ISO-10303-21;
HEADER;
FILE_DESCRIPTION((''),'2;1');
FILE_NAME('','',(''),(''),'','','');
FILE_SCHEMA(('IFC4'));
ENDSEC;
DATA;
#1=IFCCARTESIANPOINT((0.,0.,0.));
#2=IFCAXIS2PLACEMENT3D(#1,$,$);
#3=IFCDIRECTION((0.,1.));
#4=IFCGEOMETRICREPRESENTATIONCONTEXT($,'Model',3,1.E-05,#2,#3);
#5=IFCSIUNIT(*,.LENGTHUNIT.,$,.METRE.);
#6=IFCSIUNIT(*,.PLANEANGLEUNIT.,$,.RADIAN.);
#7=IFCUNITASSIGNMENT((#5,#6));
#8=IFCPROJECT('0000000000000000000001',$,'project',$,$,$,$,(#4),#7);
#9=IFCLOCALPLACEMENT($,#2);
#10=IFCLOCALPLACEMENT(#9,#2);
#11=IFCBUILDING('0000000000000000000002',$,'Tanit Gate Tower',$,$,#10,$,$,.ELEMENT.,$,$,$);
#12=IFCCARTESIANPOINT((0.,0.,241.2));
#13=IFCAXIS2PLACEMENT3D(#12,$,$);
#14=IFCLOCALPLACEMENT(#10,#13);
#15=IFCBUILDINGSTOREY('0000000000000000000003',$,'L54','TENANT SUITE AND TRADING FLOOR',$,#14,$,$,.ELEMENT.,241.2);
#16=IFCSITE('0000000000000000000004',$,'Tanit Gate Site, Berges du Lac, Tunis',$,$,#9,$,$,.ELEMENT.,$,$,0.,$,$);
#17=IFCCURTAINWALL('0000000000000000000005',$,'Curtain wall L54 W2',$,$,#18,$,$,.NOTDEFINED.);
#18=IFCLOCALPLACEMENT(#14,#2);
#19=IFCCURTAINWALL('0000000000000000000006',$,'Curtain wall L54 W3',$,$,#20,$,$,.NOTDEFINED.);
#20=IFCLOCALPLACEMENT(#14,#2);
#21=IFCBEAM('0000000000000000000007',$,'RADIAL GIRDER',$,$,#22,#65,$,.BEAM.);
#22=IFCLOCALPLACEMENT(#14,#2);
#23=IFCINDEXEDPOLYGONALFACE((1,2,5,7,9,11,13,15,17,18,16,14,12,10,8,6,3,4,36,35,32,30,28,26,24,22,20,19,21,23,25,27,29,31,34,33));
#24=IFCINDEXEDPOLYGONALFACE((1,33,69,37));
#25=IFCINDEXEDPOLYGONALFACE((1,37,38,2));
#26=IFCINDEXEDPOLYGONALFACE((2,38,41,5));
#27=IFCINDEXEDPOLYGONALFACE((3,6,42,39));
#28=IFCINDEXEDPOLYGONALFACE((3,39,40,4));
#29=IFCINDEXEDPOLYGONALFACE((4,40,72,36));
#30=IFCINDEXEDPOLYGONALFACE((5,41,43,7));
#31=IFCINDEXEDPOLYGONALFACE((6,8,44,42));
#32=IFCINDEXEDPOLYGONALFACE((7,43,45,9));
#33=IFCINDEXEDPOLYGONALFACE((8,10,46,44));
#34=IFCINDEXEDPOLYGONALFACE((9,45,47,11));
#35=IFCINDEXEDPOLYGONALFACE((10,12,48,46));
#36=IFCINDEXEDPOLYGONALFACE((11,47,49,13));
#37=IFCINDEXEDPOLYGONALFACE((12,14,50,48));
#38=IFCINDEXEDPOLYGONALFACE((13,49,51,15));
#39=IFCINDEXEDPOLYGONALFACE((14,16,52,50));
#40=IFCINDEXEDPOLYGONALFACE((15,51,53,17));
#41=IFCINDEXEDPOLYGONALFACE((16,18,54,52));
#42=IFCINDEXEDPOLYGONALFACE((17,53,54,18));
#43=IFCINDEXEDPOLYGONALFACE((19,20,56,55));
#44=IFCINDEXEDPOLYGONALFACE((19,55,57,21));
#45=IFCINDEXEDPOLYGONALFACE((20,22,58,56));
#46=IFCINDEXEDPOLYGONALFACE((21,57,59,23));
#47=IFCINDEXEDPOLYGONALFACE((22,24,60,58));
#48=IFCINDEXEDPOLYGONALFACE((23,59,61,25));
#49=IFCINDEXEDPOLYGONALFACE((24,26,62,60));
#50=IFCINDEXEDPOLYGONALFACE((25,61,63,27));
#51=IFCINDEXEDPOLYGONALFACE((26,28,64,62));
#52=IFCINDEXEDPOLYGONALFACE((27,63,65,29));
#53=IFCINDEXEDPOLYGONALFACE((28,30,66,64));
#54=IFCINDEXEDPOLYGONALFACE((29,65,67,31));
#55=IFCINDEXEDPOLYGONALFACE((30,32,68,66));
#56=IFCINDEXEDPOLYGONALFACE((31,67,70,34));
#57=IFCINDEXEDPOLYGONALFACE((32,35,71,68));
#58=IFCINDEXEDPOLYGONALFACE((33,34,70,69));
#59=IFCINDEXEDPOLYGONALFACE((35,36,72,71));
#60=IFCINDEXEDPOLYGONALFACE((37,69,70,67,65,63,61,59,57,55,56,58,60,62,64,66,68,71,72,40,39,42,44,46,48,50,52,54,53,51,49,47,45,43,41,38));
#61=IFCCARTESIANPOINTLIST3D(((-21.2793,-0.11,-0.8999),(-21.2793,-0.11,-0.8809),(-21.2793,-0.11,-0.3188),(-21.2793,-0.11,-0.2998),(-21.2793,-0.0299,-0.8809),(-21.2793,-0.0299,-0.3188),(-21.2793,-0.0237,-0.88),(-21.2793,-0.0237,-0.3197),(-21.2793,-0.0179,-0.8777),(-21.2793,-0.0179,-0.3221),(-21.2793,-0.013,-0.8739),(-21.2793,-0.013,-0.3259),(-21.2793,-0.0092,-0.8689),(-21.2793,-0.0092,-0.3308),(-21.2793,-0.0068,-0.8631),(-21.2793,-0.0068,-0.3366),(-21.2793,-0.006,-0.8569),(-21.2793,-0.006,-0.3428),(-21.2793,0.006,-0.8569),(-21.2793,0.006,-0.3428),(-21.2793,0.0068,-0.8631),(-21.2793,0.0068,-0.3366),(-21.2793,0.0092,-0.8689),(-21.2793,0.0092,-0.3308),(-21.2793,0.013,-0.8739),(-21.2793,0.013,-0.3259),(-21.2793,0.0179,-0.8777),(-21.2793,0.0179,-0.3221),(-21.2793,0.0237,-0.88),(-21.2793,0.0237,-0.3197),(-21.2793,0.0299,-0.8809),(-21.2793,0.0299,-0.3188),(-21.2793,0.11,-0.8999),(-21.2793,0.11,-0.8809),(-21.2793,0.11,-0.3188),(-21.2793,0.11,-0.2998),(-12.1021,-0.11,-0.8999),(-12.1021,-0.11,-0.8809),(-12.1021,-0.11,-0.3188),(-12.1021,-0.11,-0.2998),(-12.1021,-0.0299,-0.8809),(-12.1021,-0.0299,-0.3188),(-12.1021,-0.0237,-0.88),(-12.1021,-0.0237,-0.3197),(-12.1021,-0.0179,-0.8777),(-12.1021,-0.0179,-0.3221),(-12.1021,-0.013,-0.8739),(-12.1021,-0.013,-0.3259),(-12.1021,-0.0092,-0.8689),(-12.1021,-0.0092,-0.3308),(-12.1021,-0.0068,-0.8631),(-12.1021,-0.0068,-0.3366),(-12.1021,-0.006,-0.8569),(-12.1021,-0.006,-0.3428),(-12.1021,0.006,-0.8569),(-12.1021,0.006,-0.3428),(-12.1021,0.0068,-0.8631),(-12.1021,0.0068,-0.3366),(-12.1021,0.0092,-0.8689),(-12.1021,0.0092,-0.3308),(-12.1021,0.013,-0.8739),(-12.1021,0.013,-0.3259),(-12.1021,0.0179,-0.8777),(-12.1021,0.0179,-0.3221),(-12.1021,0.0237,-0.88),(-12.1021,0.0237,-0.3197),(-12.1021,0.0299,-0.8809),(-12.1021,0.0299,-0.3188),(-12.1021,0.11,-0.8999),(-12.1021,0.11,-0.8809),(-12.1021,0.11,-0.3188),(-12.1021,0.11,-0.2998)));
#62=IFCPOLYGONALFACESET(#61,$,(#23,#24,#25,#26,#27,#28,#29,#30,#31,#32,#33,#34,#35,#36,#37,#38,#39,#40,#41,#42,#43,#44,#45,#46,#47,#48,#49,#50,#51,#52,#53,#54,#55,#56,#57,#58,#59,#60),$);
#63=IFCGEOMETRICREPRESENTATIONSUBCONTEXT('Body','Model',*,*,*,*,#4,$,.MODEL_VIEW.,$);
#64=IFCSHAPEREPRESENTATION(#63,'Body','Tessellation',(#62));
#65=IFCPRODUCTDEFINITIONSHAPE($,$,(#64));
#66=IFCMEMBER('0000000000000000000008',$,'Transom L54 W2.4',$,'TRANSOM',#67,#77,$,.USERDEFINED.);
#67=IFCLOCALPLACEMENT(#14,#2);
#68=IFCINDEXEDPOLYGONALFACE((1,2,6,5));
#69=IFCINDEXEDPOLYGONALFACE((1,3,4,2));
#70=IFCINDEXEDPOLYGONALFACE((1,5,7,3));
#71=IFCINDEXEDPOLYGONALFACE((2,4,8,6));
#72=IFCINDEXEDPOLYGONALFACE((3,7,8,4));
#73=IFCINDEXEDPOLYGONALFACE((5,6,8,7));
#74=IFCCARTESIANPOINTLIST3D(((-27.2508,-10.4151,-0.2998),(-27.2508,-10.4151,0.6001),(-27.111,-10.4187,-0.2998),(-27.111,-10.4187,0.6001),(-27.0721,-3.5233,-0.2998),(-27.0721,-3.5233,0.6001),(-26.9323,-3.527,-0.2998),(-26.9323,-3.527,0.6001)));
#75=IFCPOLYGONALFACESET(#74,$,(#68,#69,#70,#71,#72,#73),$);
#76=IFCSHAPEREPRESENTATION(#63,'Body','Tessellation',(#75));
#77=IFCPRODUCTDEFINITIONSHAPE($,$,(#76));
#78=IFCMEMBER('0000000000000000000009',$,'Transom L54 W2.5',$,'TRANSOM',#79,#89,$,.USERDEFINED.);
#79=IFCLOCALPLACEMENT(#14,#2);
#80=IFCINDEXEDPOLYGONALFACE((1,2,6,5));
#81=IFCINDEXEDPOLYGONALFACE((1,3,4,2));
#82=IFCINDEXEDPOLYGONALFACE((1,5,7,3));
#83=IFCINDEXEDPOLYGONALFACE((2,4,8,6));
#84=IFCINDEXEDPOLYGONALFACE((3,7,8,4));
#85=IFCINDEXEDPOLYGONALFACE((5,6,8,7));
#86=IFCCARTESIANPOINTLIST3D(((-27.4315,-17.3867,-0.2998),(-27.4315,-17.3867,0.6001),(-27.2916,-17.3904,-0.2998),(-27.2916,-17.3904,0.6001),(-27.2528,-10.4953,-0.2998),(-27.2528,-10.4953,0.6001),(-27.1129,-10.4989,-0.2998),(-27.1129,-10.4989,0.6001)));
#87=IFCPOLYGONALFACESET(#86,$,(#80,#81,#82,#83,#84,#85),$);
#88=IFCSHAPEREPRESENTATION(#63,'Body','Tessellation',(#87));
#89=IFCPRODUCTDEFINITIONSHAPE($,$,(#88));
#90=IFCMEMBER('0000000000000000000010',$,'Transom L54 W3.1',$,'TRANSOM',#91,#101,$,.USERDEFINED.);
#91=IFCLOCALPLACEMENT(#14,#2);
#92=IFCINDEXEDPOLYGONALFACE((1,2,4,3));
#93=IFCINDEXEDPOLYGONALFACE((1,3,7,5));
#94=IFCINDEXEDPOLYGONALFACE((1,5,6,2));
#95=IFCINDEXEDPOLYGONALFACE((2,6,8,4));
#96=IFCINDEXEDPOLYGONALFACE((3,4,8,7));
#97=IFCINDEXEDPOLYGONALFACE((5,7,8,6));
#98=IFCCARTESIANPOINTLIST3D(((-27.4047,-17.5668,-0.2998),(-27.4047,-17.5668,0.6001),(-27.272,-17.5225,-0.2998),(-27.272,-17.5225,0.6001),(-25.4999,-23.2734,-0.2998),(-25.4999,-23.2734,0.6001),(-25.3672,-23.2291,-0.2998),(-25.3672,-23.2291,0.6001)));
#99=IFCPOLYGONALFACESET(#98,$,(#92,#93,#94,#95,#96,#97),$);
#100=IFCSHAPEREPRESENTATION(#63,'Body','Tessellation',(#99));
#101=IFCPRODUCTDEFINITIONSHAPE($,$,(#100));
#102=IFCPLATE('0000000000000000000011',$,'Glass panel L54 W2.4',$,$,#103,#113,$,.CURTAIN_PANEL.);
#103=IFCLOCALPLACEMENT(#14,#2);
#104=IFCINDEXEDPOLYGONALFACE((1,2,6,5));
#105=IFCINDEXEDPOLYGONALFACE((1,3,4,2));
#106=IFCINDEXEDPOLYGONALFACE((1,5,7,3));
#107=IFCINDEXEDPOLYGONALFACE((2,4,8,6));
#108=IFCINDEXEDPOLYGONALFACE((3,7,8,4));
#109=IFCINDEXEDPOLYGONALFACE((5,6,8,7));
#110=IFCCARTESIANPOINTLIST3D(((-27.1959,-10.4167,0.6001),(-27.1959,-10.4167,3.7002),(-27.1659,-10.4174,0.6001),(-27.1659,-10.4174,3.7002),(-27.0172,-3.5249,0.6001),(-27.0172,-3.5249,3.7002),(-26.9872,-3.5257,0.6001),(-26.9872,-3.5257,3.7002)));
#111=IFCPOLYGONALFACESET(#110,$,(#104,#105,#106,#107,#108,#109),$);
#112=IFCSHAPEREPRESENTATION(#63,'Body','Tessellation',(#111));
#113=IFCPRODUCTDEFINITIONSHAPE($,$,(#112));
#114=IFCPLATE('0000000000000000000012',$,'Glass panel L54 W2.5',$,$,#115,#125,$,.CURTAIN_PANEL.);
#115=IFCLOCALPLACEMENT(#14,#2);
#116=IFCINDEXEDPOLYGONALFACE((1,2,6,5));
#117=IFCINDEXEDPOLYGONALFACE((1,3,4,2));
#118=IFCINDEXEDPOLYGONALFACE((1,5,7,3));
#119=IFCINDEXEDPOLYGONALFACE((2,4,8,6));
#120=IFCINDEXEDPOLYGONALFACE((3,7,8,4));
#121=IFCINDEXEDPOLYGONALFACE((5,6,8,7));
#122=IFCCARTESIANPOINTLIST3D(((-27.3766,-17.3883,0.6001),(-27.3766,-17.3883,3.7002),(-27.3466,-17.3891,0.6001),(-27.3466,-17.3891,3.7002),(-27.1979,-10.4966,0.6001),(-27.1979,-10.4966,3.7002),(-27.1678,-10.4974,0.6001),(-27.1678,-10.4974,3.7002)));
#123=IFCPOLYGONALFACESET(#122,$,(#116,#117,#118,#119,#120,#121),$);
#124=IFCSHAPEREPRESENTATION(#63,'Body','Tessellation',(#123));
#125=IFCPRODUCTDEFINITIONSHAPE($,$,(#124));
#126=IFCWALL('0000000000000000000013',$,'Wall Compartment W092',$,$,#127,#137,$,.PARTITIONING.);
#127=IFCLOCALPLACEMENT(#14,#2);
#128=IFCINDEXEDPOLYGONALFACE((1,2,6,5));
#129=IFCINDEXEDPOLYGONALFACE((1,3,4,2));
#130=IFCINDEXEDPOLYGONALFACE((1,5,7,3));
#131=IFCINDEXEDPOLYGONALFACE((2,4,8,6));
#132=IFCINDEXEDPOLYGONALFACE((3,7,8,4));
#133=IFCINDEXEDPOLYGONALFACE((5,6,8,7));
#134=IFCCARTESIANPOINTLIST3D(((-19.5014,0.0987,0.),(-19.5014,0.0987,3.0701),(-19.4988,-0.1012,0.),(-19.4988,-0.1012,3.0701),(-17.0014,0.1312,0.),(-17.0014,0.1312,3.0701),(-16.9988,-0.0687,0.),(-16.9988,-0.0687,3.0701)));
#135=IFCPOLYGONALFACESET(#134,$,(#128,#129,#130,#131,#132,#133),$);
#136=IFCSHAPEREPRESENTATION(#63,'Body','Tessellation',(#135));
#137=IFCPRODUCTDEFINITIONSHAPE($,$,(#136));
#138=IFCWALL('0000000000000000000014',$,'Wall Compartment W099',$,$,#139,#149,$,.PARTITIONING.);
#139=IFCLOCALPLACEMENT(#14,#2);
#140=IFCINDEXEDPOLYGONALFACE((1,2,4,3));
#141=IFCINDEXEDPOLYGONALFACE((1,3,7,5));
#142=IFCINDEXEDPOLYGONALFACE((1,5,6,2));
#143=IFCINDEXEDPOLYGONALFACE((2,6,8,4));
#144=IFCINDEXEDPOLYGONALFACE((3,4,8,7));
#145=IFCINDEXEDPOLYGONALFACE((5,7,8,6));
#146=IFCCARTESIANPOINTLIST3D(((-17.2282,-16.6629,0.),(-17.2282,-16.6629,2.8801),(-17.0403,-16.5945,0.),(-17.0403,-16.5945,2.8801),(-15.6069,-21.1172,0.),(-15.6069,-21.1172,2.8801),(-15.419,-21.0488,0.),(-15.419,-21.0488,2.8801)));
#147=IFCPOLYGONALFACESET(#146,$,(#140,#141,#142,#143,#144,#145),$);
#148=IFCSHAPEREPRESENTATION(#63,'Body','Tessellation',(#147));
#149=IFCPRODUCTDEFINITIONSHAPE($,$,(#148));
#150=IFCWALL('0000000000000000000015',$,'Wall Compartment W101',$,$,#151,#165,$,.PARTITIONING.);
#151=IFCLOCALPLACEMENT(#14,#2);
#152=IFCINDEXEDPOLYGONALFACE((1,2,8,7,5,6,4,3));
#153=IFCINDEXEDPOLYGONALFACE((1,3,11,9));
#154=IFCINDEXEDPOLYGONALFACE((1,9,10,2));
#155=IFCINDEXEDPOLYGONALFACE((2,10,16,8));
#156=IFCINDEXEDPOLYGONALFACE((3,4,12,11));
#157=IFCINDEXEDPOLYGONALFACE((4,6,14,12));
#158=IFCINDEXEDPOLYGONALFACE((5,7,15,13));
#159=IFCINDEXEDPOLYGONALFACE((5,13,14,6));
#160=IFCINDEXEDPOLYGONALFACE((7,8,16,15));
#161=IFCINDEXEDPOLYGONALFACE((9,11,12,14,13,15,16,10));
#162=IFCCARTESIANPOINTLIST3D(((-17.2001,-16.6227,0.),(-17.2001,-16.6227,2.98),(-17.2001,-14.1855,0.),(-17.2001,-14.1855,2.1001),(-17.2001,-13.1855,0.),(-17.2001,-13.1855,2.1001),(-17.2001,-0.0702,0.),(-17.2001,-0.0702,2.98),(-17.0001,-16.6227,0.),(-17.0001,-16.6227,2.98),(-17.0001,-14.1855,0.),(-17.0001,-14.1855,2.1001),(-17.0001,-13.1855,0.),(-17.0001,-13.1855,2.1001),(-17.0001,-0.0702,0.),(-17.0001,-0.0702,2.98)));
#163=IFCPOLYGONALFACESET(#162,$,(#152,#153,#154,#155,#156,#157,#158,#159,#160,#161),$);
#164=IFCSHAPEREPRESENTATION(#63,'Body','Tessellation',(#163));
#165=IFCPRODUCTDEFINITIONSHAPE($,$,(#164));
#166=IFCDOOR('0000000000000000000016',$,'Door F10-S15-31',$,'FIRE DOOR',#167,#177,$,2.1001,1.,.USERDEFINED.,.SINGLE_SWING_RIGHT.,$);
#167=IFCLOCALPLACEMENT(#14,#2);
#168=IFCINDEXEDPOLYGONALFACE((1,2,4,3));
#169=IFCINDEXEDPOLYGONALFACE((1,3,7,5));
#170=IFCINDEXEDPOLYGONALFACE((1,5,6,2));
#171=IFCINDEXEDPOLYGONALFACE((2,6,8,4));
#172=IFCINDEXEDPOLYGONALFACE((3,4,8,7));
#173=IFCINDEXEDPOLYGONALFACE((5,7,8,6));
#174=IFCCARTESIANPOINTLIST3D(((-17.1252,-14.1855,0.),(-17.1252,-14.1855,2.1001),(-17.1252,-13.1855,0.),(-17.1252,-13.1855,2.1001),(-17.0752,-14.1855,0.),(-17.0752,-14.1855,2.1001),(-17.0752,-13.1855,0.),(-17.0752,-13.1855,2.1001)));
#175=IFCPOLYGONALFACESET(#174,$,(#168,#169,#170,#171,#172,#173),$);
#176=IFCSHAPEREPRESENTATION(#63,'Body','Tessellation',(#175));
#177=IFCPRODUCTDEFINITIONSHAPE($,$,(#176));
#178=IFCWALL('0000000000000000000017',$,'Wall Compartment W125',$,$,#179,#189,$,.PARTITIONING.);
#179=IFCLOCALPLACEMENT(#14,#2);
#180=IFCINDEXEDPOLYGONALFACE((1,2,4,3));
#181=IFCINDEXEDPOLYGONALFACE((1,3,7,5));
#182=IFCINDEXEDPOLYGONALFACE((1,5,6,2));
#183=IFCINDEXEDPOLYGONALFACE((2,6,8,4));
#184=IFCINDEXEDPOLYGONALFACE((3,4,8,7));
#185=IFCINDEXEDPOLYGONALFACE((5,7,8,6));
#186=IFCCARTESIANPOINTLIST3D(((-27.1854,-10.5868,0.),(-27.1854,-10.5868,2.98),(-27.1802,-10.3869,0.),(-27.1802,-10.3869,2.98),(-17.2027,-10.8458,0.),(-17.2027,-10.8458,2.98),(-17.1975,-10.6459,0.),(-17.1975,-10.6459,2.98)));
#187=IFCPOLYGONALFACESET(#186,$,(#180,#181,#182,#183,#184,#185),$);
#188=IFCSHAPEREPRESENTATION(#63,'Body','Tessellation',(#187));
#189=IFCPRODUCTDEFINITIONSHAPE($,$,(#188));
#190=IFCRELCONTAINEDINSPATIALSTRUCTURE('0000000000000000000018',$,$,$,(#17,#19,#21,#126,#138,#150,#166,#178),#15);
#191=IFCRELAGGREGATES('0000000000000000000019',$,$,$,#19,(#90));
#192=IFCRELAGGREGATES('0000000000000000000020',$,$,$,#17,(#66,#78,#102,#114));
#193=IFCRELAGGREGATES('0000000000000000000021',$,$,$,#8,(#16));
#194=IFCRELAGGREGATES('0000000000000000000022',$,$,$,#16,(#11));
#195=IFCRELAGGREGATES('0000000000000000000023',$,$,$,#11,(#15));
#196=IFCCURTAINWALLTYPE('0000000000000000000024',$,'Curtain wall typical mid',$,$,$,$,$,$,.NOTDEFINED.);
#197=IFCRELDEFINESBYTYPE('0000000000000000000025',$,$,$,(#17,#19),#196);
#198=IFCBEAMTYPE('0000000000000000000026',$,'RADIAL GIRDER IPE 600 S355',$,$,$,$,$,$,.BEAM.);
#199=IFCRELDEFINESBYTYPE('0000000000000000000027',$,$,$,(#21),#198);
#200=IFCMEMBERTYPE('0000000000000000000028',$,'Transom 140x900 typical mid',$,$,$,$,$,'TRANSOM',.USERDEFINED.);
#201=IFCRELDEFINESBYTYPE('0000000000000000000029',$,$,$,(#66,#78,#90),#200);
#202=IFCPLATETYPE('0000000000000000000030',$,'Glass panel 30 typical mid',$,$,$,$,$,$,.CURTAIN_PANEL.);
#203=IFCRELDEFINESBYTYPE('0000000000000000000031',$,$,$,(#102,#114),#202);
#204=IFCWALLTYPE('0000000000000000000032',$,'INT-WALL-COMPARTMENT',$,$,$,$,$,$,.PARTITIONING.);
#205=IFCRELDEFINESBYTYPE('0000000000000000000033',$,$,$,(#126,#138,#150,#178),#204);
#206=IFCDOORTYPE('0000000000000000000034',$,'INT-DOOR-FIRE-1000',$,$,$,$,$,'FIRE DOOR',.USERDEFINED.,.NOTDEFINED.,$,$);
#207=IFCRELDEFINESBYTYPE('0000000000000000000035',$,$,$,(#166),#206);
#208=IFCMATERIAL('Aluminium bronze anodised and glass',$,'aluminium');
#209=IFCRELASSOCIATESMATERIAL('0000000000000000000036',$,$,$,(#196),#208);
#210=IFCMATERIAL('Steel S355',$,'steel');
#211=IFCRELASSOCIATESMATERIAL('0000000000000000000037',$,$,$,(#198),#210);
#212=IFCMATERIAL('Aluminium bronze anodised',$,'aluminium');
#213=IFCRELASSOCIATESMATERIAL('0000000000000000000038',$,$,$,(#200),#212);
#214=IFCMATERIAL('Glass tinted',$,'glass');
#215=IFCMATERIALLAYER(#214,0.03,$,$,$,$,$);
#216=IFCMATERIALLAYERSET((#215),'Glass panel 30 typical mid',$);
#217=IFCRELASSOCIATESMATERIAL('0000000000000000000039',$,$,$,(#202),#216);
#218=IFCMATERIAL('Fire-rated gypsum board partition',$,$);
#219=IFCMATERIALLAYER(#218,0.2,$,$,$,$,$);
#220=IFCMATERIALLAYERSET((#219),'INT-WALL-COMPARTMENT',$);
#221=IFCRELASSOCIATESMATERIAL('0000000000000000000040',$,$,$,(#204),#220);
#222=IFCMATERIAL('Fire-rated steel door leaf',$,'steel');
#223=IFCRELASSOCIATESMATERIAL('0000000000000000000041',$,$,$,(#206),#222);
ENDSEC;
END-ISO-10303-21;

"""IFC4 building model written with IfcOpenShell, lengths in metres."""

from ifc_helpers import new_model, si_unit, direction, frame, frame_2d, origin, origin_2d, place, context, subcontext, project, spatial, rectangle, i_section, extrude, material, layer, layer_set, material_profile, profile_set, type_object, element, fill, aggregate, save


model = new_model("IFC4")

# Units and contexts
model_context = context("Model", 3, precision=1e-05, world=origin(), true_north=direction((0.0, 1.0)))
body_context = subcontext(model_context, "Body", "Model", "MODEL_VIEW")
ifc_project = project(units=[si_unit("LENGTHUNIT", "METRE"), si_unit("PLANEANGLEUNIT", "RADIAN")], contexts=[model_context])

# Site, building, storey
site_placement = place(None, origin())
site = spatial("IfcSite", under=ifc_project, at=site_placement, Name="Tanit Gate Site, Berges du Lac, Tunis", CompositionType="ELEMENT", RefElevation=0.0)
building_placement = place(site_placement, origin())
building = spatial("IfcBuilding", under=site, at=building_placement, Name="Tanit Gate Tower", CompositionType="ELEMENT")
storey_placement = place(building_placement, frame((0.0, 0.0, 241.2)))
storey = spatial("IfcBuildingStorey", under=building, at=storey_placement, Name="L54", Description="TENANT SUITE AND TRADING FLOOR", CompositionType="ELEMENT", Elevation=241.2)

# Curtain wall
ifc_material_1 = material(Name="Aluminium bronze anodised and glass", Category="aluminium")
curtain_wall_type = type_object("IfcCurtainWallType", Name="Curtain wall typical mid", PredefinedType="NOTDEFINED", material=ifc_material_1)
curtain_wall_1_placement = place(storey_placement, origin())
curtain_wall_1 = element("IfcCurtainWall", 1, at=curtain_wall_1_placement, inside=storey, type_object=curtain_wall_type, Name="Curtain wall L54 W2", PredefinedType="NOTDEFINED")

# Curtain wall
curtain_wall_2_placement = place(storey_placement, origin())
curtain_wall_2 = element("IfcCurtainWall", 2, at=curtain_wall_2_placement, inside=storey, type_object=curtain_wall_type, Name="Curtain wall L54 W3", PredefinedType="NOTDEFINED")

# Beam
ifc_material_2 = material(Name="Steel S355", Category="steel")
ifc_material_profile_1 = material_profile(ifc_material_2, i_section(OverallWidth=0.22, OverallDepth=0.6001, WebThickness=0.012, FlangeThickness=0.019, FilletRadius=0.0239, at=origin_2d()), Name="IPE 600")
ifc_profile_set_1 = profile_set([ifc_material_profile_1], Name="Steel S355")
beam_type_1 = type_object("IfcBeamType", Name="RADIAL GIRDER IPE 600 S355", PredefinedType="BEAM", material=ifc_profile_set_1)
beam_1_placement = place(storey_placement, frame((-21.2793, 0.0, -0.5999), z_axis=(1.0, 0.0, 0.0), x_axis=(0.0, 1.0, 0.0)))
element("IfcBeam", 3, at=beam_1_placement, inside=storey, type_object=beam_type_1, Name="RADIAL GIRDER", PredefinedType="BEAM", context=body_context, shape_type="SweptSolid", body=[
    extrude(i_section(OverallWidth=0.22, OverallDepth=0.6001, WebThickness=0.012, FlangeThickness=0.019, FilletRadius=0.0239, at=origin_2d()), origin(), (0.0, 0.0, 1.0), 9.1772),
])

# Members
ifc_material_3 = material(Name="Aluminium bronze anodised", Category="aluminium")
ifc_material_profile_2 = material_profile(ifc_material_3, rectangle(XDim=0.1399, YDim=0.8999, at=origin_2d()), Name="140x900 bronze transom")
ifc_profile_set_2 = profile_set([ifc_material_profile_2], Name="Aluminium bronze anodised")
member_type_1 = type_object("IfcMemberType", Name="Transom 140x900 typical mid", ElementType="TRANSOM", PredefinedType="USERDEFINED", material=ifc_profile_set_2)
member_1_placement = place(storey_placement, frame((-27.0022, -3.5251, 0.1501), z_axis=(-0.025922, -0.999664, 0.0), x_axis=(0.999664, -0.025922, 0.0)))
member_1 = element("IfcMember", 4, at=member_1_placement, type_object=member_type_1, Name="Transom L54 W2.4", ObjectType="TRANSOM", PredefinedType="USERDEFINED", context=body_context, shape_type="SweptSolid", body=[
    extrude(rectangle(XDim=0.1399, YDim=0.8999, at=origin_2d()), origin(), (0.0, 0.0, 1.0), 6.894),
])
member_2_placement = place(storey_placement, frame((-27.1829, -10.4971, 0.1501), z_axis=(-0.025923, -0.999664, 0.0), x_axis=(0.999664, -0.025923, 0.0)))
member_2 = element("IfcMember", 5, at=member_2_placement, type_object=member_type_1, Name="Transom L54 W2.5", ObjectType="TRANSOM", PredefinedType="USERDEFINED", context=body_context, shape_type="SweptSolid", body=[
    extrude(rectangle(XDim=0.1399, YDim=0.8999, at=origin_2d()), origin(), (0.0, 0.0, 1.0), 6.8938),
])
member_3_placement = place(storey_placement, frame((-27.3384, -17.5447, 0.1501), z_axis=(0.316617, -0.948553, 0.0), x_axis=(0.948553, 0.316617, 0.0)))
member_3 = element("IfcMember", 6, at=member_3_placement, type_object=member_type_1, Name="Transom L54 W3.1", ObjectType="TRANSOM", PredefinedType="USERDEFINED", context=body_context, shape_type="SweptSolid", body=[
    extrude(rectangle(XDim=0.1399, YDim=0.8999, at=origin_2d()), origin(), (0.0, 0.0, 1.0), 6.0161),
])
aggregate(curtain_wall_2, [member_3])

# Plates
ifc_material_4 = material(Name="Glass tinted", Category="glass")
ifc_layer_1 = layer(ifc_material_4, 0.03)
ifc_layer_set_1 = layer_set([ifc_layer_1], Name="Glass panel 30 typical mid")
plate_type = type_object("IfcPlateType", Name="Glass panel 30 typical mid", PredefinedType="CURTAIN_PANEL", material=ifc_layer_set_1)
plate_1_placement = place(storey_placement, frame((-27.0916, -6.9712, 0.6001), z_axis=(0.0, 0.0, 1.0), x_axis=(-0.025924, -0.999664, 0.0)))
plate_1 = element("IfcPlate", 7, at=plate_1_placement, type_object=plate_type, Name="Glass panel L54 W2.4", PredefinedType="CURTAIN_PANEL", context=body_context, shape_type="SweptSolid", body=[
    extrude(rectangle(XDim=6.894, YDim=0.03, at=origin_2d()), origin(), (0.0, 0.0, 1.0), 3.1001),
])
plate_2_placement = place(storey_placement, frame((-27.2722, -13.9429, 0.6001), z_axis=(0.0, 0.0, 1.0), x_axis=(-0.025924, -0.999664, 0.0)))
plate_2 = element("IfcPlate", 8, at=plate_2_placement, type_object=plate_type, Name="Glass panel L54 W2.5", PredefinedType="CURTAIN_PANEL", context=body_context, shape_type="SweptSolid", body=[
    extrude(rectangle(XDim=6.894, YDim=0.03, at=origin_2d()), origin(), (0.0, 0.0, 1.0), 3.1001),
])
aggregate(curtain_wall_1, [member_1, member_2, plate_1, plate_2])

# Walls
ifc_material_5 = material(Name="Fire-rated gypsum board partition")
ifc_layer_2 = layer(ifc_material_5, 0.2)
ifc_layer_set_2 = layer_set([ifc_layer_2], Name="INT-WALL-COMPARTMENT")
wall_type_1 = type_object("IfcWallType", Name="INT-WALL-COMPARTMENT", PredefinedType="PARTITIONING", material=ifc_layer_set_2)
wall_1_placement = place(storey_placement, frame((-19.5, -0.0012, 0.0), z_axis=(0.0, 0.0, 1.0), x_axis=(0.999916, 0.012987, 0.0)))
element("IfcWall", 9, at=wall_1_placement, inside=storey, type_object=wall_type_1, Name="Wall Compartment W092", PredefinedType="PARTITIONING", context=body_context, shape_type="SweptSolid", body=[
    extrude(rectangle(XDim=2.5002, YDim=0.2, at=frame_2d((1.25, 0.0))), origin(), (0.0, 0.0, 1.0), 3.0701),
])
wall_2_placement = place(storey_placement, frame((-17.1343, -16.6287, 0.0), z_axis=(0.0, 0.0, 1.0), x_axis=(0.342037, -0.939687, 0.0)))
element("IfcWall", 10, at=wall_2_placement, inside=storey, type_object=wall_type_1, Name="Wall Compartment W099", PredefinedType="PARTITIONING", context=body_context, shape_type="SweptSolid", body=[
    extrude(rectangle(XDim=4.7402, YDim=0.2, at=frame_2d((2.3701, 0.0))), origin(), (0.0, 0.0, 1.0), 2.8801),
])

# Wall, opening, door
wall_3_placement = place(storey_placement, frame((-17.1001, -0.0701, 0.0), z_axis=(0.0, 0.0, 1.0), x_axis=(0.0, -1.0, 0.0)))
wall_3 = element("IfcWall", 11, at=wall_3_placement, inside=storey, type_object=wall_type_1, Name="Wall Compartment W101", PredefinedType="PARTITIONING", context=body_context, shape_type="SweptSolid", body=[
    extrude(rectangle(XDim=16.5525, YDim=0.2, at=frame_2d((8.2764, 0.0))), origin(), (0.0, 0.0, 1.0), 2.98),
])
opening_1_placement = place(wall_3_placement, frame((13.1155, 0.0, 0.0)))
opening_1 = element("IfcOpeningElement", 12, at=opening_1_placement, cuts=wall_3, PredefinedType="OPENING", context=body_context, shape_type="SweptSolid", body=[
    extrude(rectangle(XDim=1.0, YDim=2.1001, at=frame_2d((0.5, 1.05))), frame((0.0, 0.1099, 0.0), z_axis=(0.0, -1.0, 0.0), x_axis=(1.0, 0.0, 0.0)), (0.0, 0.0, 1.0), 0.22),
])
ifc_material_6 = material(Name="Fire-rated steel door leaf", Category="steel")
door_type_1 = type_object("IfcDoorType", Name="INT-DOOR-FIRE-1000", ElementType="FIRE DOOR", OperationType="NOTDEFINED", PredefinedType="USERDEFINED", material=ifc_material_6)
door_1_placement = place(opening_1_placement, origin())
door_1 = element("IfcDoor", 13, at=door_1_placement, inside=storey, type_object=door_type_1, Name="Door F10-S15-31", ObjectType="FIRE DOOR", OperationType="SINGLE_SWING_RIGHT", OverallHeight=2.1001, OverallWidth=1.0, PredefinedType="USERDEFINED", context=body_context, shape_type="SweptSolid", body=[
    extrude(rectangle(XDim=1.0, YDim=2.1001, at=frame_2d((0.5, 1.05))), frame((0.0, 0.0249, 0.0), z_axis=(0.0, -1.0, 0.0), x_axis=(1.0, 0.0, 0.0)), (0.0, 0.0, 1.0), 0.05),
])
fill(opening_1, door_1)

# Wall
wall_4_placement = place(storey_placement, frame((-17.2, -10.7458, 0.0), z_axis=(0.0, 0.0, 1.0), x_axis=(-0.999664, 0.02594, 0.0)))
element("IfcWall", 14, at=wall_4_placement, inside=storey, type_object=wall_type_1, Name="Wall Compartment W125", PredefinedType="PARTITIONING", context=body_context, shape_type="SweptSolid", body=[
    extrude(rectangle(XDim=9.9861, YDim=0.2, at=frame_2d((4.9932, 0.0))), origin(), (0.0, 0.0, 1.0), 2.98),
])

save(model, "model.ifc")
